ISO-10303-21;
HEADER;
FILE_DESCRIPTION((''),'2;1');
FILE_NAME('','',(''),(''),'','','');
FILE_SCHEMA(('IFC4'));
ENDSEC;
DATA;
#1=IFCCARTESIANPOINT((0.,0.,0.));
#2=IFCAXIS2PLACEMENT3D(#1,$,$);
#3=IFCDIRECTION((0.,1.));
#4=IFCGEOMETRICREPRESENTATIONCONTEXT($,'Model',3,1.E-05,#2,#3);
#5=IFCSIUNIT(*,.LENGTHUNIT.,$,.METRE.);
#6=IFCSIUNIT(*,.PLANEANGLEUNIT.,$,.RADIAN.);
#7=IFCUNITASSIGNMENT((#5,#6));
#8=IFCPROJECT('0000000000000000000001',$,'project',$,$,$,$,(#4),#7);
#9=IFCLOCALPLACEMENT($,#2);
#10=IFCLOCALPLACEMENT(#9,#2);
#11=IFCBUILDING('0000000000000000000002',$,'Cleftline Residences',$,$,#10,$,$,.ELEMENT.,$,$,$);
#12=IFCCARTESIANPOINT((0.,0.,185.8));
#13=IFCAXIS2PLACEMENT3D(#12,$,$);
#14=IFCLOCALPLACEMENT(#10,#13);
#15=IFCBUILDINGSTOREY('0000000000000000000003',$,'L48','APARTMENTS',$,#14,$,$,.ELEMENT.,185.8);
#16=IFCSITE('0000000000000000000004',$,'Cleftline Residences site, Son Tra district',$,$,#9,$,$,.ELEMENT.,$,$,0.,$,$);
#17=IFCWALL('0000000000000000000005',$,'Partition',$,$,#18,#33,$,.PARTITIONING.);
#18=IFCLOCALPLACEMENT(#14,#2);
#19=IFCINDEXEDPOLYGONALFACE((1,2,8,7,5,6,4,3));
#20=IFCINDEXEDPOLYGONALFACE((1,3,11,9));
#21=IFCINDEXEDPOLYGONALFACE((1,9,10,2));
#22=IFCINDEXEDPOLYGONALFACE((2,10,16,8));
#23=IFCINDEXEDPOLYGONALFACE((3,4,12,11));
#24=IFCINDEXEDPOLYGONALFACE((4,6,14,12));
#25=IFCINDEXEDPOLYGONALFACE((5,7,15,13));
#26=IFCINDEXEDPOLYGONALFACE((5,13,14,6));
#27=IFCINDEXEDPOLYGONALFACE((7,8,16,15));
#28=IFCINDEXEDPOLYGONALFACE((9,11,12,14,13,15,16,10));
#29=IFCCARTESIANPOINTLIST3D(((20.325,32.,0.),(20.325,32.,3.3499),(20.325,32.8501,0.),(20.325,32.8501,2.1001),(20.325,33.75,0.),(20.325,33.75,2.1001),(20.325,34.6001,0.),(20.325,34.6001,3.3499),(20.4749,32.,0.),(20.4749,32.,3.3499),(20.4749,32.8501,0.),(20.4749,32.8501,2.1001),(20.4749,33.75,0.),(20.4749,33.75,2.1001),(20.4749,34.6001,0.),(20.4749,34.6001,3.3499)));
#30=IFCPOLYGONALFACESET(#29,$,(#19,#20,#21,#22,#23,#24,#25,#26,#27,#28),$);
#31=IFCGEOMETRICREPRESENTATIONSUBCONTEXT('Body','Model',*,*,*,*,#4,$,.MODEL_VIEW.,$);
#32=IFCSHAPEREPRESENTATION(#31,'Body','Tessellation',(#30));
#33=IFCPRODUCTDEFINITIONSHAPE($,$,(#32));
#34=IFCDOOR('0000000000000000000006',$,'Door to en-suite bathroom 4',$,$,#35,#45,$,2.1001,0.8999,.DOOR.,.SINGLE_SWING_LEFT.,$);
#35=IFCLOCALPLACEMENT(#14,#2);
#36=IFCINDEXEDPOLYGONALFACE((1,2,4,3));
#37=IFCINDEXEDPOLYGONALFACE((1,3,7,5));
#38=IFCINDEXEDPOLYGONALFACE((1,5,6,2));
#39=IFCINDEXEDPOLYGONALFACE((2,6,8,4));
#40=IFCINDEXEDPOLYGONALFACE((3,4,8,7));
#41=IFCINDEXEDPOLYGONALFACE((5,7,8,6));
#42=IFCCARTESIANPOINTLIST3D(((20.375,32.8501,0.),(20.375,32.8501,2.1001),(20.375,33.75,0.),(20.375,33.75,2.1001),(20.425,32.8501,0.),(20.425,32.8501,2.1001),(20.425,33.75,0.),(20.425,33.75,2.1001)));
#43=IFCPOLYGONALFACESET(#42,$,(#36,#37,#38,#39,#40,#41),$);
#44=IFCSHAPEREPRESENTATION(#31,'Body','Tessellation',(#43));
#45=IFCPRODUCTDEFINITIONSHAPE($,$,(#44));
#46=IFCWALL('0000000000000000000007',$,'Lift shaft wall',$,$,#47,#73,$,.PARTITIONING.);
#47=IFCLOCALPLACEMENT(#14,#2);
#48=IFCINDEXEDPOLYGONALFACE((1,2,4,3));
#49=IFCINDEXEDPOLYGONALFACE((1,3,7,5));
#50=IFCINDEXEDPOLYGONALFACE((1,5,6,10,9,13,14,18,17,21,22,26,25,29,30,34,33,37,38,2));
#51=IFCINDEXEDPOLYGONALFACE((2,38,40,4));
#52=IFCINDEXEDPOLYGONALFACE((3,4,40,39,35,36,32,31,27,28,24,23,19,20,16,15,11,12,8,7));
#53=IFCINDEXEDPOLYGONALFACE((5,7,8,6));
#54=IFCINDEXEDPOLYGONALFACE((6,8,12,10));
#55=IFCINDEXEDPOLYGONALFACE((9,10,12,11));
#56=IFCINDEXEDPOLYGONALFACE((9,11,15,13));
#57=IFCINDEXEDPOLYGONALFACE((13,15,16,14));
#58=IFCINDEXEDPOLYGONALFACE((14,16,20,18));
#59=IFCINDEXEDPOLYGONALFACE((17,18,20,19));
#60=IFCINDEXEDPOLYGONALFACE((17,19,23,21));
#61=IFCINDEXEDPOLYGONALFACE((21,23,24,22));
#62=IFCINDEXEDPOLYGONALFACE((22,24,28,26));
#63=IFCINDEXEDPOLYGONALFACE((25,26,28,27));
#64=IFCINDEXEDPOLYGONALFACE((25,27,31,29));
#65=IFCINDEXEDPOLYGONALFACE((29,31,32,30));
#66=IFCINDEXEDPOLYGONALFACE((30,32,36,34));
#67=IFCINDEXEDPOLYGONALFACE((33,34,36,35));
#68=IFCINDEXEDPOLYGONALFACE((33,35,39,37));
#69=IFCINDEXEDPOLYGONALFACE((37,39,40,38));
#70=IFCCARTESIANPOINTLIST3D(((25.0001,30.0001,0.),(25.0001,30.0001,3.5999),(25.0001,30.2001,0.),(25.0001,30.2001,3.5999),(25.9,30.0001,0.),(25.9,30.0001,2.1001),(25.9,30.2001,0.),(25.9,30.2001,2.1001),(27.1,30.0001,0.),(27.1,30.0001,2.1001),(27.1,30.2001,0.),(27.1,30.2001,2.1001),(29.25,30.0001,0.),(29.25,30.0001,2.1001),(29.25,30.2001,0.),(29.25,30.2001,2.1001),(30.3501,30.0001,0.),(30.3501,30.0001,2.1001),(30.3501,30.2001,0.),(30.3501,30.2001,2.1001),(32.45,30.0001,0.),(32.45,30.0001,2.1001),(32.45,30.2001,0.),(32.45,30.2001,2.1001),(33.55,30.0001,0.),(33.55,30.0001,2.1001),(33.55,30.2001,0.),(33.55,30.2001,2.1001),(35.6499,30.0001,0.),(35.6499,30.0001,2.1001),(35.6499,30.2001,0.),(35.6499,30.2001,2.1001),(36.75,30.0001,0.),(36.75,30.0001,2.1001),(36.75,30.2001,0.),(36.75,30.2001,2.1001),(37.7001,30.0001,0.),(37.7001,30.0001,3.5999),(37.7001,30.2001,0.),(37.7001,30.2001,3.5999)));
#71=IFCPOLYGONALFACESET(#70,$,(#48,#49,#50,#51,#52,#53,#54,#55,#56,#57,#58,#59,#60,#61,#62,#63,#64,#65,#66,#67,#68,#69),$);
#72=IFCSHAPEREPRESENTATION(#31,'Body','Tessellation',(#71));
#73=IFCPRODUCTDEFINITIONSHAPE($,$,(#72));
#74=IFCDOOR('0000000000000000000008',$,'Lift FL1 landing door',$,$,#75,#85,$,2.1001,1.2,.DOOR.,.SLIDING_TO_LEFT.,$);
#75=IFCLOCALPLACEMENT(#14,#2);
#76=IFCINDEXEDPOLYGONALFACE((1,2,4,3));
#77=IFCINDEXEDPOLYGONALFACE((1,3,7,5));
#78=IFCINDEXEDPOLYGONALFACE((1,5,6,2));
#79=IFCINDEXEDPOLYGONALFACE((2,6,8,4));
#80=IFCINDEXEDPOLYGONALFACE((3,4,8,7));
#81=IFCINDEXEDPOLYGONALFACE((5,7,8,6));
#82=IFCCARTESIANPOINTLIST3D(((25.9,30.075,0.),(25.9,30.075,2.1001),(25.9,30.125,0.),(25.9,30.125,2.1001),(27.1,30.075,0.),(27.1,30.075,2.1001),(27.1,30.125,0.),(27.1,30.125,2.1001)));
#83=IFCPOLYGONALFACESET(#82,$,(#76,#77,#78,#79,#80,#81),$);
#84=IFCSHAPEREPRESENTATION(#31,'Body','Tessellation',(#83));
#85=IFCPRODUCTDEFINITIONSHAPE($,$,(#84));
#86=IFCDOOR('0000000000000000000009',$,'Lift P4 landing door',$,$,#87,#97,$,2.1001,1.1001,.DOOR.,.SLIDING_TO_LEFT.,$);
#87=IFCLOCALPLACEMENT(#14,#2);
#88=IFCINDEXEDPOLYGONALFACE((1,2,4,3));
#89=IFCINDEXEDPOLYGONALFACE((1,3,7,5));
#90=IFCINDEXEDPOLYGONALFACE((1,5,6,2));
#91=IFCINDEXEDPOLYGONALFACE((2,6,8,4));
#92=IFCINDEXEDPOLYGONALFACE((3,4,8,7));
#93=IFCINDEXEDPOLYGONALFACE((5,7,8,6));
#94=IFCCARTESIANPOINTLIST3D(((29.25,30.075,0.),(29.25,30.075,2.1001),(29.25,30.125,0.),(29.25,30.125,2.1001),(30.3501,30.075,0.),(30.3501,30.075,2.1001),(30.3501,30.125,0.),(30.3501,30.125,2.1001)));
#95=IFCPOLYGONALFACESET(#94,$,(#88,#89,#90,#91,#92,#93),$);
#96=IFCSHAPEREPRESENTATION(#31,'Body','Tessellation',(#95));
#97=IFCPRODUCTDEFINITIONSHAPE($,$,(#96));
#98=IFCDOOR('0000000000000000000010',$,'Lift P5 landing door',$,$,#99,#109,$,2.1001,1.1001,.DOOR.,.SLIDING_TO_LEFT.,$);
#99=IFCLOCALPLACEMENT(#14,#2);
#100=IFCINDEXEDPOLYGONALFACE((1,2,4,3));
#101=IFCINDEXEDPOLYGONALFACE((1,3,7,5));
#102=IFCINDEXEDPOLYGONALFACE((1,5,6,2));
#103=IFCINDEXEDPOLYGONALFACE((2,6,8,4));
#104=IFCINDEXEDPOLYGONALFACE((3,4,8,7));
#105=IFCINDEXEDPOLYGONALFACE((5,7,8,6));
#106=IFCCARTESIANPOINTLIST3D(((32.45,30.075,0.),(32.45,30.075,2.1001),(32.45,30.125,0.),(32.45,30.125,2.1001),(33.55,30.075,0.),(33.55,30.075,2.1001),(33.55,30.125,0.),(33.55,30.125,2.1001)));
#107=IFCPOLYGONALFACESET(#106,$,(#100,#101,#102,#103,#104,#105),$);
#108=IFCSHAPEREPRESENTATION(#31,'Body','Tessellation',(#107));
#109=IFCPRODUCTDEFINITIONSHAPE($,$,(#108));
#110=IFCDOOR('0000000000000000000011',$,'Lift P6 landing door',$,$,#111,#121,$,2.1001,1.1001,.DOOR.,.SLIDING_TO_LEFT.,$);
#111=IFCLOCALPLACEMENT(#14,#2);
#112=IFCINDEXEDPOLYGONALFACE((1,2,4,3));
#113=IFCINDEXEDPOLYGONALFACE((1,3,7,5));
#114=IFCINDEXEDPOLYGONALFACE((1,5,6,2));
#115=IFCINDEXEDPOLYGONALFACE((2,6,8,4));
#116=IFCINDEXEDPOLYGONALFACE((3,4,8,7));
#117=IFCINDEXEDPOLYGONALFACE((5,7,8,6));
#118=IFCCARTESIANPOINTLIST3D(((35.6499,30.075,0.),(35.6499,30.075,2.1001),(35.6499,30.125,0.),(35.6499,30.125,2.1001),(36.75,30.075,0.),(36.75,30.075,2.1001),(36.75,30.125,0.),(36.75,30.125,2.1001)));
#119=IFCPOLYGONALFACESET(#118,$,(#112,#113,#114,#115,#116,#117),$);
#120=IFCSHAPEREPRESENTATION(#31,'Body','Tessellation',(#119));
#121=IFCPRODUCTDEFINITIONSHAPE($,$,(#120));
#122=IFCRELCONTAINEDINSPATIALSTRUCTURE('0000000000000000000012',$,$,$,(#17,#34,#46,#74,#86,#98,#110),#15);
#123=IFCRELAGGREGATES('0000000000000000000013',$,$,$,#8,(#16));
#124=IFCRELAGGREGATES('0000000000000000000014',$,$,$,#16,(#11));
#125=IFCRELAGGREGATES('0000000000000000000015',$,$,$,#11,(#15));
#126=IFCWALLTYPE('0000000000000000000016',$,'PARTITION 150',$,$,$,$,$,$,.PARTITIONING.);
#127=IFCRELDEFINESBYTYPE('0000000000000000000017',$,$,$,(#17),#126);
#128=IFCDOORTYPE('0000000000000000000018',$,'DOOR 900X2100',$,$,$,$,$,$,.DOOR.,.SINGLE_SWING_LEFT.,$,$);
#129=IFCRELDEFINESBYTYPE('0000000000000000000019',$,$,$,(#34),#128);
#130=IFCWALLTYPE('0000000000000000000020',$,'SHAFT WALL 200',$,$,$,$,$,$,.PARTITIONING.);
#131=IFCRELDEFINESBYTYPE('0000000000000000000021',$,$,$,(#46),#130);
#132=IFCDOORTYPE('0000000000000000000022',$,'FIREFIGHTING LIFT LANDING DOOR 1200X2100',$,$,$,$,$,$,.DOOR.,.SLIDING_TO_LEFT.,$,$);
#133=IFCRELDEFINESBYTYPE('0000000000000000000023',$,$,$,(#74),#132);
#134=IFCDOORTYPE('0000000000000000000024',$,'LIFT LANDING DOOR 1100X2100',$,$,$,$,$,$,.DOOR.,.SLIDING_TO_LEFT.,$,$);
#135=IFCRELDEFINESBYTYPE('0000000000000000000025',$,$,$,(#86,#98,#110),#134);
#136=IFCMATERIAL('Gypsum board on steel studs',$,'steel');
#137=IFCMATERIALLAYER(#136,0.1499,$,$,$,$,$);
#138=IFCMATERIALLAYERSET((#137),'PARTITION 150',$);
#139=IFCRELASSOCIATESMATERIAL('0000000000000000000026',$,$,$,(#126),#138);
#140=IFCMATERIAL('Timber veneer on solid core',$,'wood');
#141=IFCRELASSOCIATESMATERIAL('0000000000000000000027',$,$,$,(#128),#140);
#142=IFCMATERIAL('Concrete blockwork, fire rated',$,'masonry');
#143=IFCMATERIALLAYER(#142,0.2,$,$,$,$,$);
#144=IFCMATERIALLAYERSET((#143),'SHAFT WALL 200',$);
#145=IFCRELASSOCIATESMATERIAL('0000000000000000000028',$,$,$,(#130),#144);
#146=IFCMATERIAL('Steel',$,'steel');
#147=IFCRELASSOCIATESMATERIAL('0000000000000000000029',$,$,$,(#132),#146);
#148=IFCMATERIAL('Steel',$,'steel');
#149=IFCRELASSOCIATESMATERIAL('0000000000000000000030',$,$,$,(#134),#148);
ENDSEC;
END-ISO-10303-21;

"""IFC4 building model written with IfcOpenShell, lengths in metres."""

from ifc_helpers import new_model, si_unit, direction, frame, frame_2d, origin, place, context, subcontext, project, spatial, rectangle, extrude, material, layer, layer_set, type_object, element, fill, save


model = new_model("IFC4")

# Units and contexts
model_context = context("Model", 3, precision=1e-05, world=origin(), true_north=direction((0.0, 1.0)))
body_context = subcontext(model_context, "Body", "Model", "MODEL_VIEW")
ifc_project = project(units=[si_unit("LENGTHUNIT", "METRE"), si_unit("PLANEANGLEUNIT", "RADIAN")], contexts=[model_context])

# Site, building, storey
site_placement = place(None, origin())
site = spatial("IfcSite", under=ifc_project, at=site_placement, Name="Cleftline Residences site, Son Tra district", CompositionType="ELEMENT", RefElevation=0.0)
building_placement = place(site_placement, origin())
building = spatial("IfcBuilding", under=site, at=building_placement, Name="Cleftline Residences", CompositionType="ELEMENT")
storey_placement = place(building_placement, frame((0.0, 0.0, 185.8)))
storey = spatial("IfcBuildingStorey", under=building, at=storey_placement, Name="L48", Description="APARTMENTS", CompositionType="ELEMENT", Elevation=185.8)

# Shared definitions
ifc_material_1 = material(Name="Gypsum board on steel studs", Category="steel")
ifc_layer_1 = layer(ifc_material_1, 0.1499)
ifc_layer_set_1 = layer_set([ifc_layer_1], Name="PARTITION 150")
wall_type_1 = type_object("IfcWallType", Name="PARTITION 150", PredefinedType="PARTITIONING", material=ifc_layer_set_1)

# Wall, opening, door
wall_1_placement = place(storey_placement, frame((20.3999, 32.0, 0.0), z_axis=(0.0, 0.0, 1.0), x_axis=(0.0, 1.0, 0.0)))
wall_1 = element("IfcWall", 1, at=wall_1_placement, inside=storey, type_object=wall_type_1, Name="Partition", PredefinedType="PARTITIONING", context=body_context, shape_type="SweptSolid", body=[
    extrude(rectangle(XDim=2.6001, YDim=0.1499, at=frame_2d((1.3, 0.0))), origin(), (0.0, 0.0, 1.0), 3.3499),
])
opening_1_placement = place(wall_1_placement, frame((0.8501, 0.0, 0.0)))
opening_1 = element("IfcOpeningElement", 2, at=opening_1_placement, cuts=wall_1, PredefinedType="OPENING", context=body_context, shape_type="SweptSolid", body=[
    extrude(rectangle(XDim=0.8999, YDim=2.1001, at=frame_2d((0.45, 1.05))), frame((0.0, 0.085, 0.0), z_axis=(0.0, -1.0, 0.0), x_axis=(1.0, 0.0, 0.0)), (0.0, 0.0, 1.0), 0.1699),
])
ifc_material_2 = material(Name="Timber veneer on solid core", Category="wood")
door_type_1 = type_object("IfcDoorType", Name="DOOR 900X2100", OperationType="SINGLE_SWING_LEFT", PredefinedType="DOOR", material=ifc_material_2)
door_1_placement = place(opening_1_placement, origin())
door_1 = element("IfcDoor", 3, at=door_1_placement, inside=storey, type_object=door_type_1, Name="Door to en-suite bathroom 4", OperationType="SINGLE_SWING_LEFT", OverallHeight=2.1001, OverallWidth=0.8999, PredefinedType="DOOR", context=body_context, shape_type="SweptSolid", body=[
    extrude(rectangle(XDim=0.8999, YDim=2.1001, at=frame_2d((0.45, 1.05))), frame((0.0, 0.0249, 0.0), z_axis=(0.0, -1.0, 0.0), x_axis=(1.0, 0.0, 0.0)), (0.0, 0.0, 1.0), 0.05),
])
fill(opening_1, door_1)

# Wall, openings, doors
ifc_material_3 = material(Name="Concrete blockwork, fire rated", Category="masonry")
ifc_layer_2 = layer(ifc_material_3, 0.2)
ifc_layer_set_2 = layer_set([ifc_layer_2], Name="SHAFT WALL 200")
wall_type_2 = type_object("IfcWallType", Name="SHAFT WALL 200", PredefinedType="PARTITIONING", material=ifc_layer_set_2)
wall_2_placement = place(storey_placement, frame((25.0, 30.1001, 0.0), z_axis=(0.0, 0.0, 1.0), x_axis=(1.0, 0.0, 0.0)))
wall_2 = element("IfcWall", 4, at=wall_2_placement, inside=storey, type_object=wall_type_2, Name="Lift shaft wall", PredefinedType="PARTITIONING", context=body_context, shape_type="SweptSolid", body=[
    extrude(rectangle(XDim=12.7, YDim=0.2, at=frame_2d((6.3501, 0.0))), origin(), (0.0, 0.0, 1.0), 3.5999),
])
opening_2_placement = place(wall_2_placement, frame((4.25, 0.0, 0.0)))
opening_2 = element("IfcOpeningElement", 5, at=opening_2_placement, cuts=wall_2, PredefinedType="OPENING", context=body_context, shape_type="SweptSolid", body=[
    extrude(rectangle(XDim=1.1001, YDim=2.1001, at=frame_2d((0.55, 1.05))), frame((0.0, 0.1099, 0.0), z_axis=(0.0, -1.0, 0.0), x_axis=(1.0, 0.0, 0.0)), (0.0, 0.0, 1.0), 0.22),
])
opening_3_placement = place(wall_2_placement, frame((7.45, 0.0, 0.0)))
opening_3 = element("IfcOpeningElement", 6, at=opening_3_placement, cuts=wall_2, PredefinedType="OPENING", context=body_context, shape_type="SweptSolid", body=[
    extrude(rectangle(XDim=1.1001, YDim=2.1001, at=frame_2d((0.55, 1.05))), frame((0.0, 0.1099, 0.0), z_axis=(0.0, -1.0, 0.0), x_axis=(1.0, 0.0, 0.0)), (0.0, 0.0, 1.0), 0.22),
])
opening_4_placement = place(wall_2_placement, frame((10.6499, 0.0, 0.0)))
opening_4 = element("IfcOpeningElement", 7, at=opening_4_placement, cuts=wall_2, PredefinedType="OPENING", context=body_context, shape_type="SweptSolid", body=[
    extrude(rectangle(XDim=1.1001, YDim=2.1001, at=frame_2d((0.55, 1.05))), frame((0.0, 0.1099, 0.0), z_axis=(0.0, -1.0, 0.0), x_axis=(1.0, 0.0, 0.0)), (0.0, 0.0, 1.0), 0.22),
])
opening_5_placement = place(wall_2_placement, frame((0.8999, 0.0, 0.0)))
opening_5 = element("IfcOpeningElement", 8, at=opening_5_placement, cuts=wall_2, PredefinedType="OPENING", context=body_context, shape_type="SweptSolid", body=[
    extrude(rectangle(XDim=1.2, YDim=2.1001, at=frame_2d((0.6001, 1.05))), frame((0.0, 0.1099, 0.0), z_axis=(0.0, -1.0, 0.0), x_axis=(1.0, 0.0, 0.0)), (0.0, 0.0, 1.0), 0.22),
])
ifc_material_4 = material(Name="Steel", Category="steel")
door_type_2 = type_object("IfcDoorType", Name="FIREFIGHTING LIFT LANDING DOOR 1200X2100", OperationType="SLIDING_TO_LEFT", PredefinedType="DOOR", material=ifc_material_4)
door_2_placement = place(opening_5_placement, origin())
door_2 = element("IfcDoor", 9, at=door_2_placement, inside=storey, type_object=door_type_2, Name="Lift FL1 landing door", OperationType="SLIDING_TO_LEFT", OverallHeight=2.1001, OverallWidth=1.2, PredefinedType="DOOR", context=body_context, shape_type="SweptSolid", body=[
    extrude(rectangle(XDim=1.2, YDim=2.1001, at=frame_2d((0.6001, 1.05))), frame((0.0, 0.0249, 0.0), z_axis=(0.0, -1.0, 0.0), x_axis=(1.0, 0.0, 0.0)), (0.0, 0.0, 1.0), 0.05),
])
fill(opening_5, door_2)
ifc_material_5 = material(Name="Steel", Category="steel")
door_type_3 = type_object("IfcDoorType", Name="LIFT LANDING DOOR 1100X2100", OperationType="SLIDING_TO_LEFT", PredefinedType="DOOR", material=ifc_material_5)
door_3_placement = place(opening_2_placement, origin())
door_3 = element("IfcDoor", 10, at=door_3_placement, inside=storey, type_object=door_type_3, Name="Lift P4 landing door", OperationType="SLIDING_TO_LEFT", OverallHeight=2.1001, OverallWidth=1.1001, PredefinedType="DOOR", context=body_context, shape_type="SweptSolid", body=[
    extrude(rectangle(XDim=1.1001, YDim=2.1001, at=frame_2d((0.55, 1.05))), frame((0.0, 0.0249, 0.0), z_axis=(0.0, -1.0, 0.0), x_axis=(1.0, 0.0, 0.0)), (0.0, 0.0, 1.0), 0.05),
])
fill(opening_2, door_3)
door_4_placement = place(opening_3_placement, origin())
door_4 = element("IfcDoor", 11, at=door_4_placement, inside=storey, type_object=door_type_3, Name="Lift P5 landing door", OperationType="SLIDING_TO_LEFT", OverallHeight=2.1001, OverallWidth=1.1001, PredefinedType="DOOR", context=body_context, shape_type="SweptSolid", body=[
    extrude(rectangle(XDim=1.1001, YDim=2.1001, at=frame_2d((0.55, 1.05))), frame((0.0, 0.0249, 0.0), z_axis=(0.0, -1.0, 0.0), x_axis=(1.0, 0.0, 0.0)), (0.0, 0.0, 1.0), 0.05),
])
fill(opening_3, door_4)
door_5_placement = place(opening_4_placement, origin())
door_5 = element("IfcDoor", 12, at=door_5_placement, inside=storey, type_object=door_type_3, Name="Lift P6 landing door", OperationType="SLIDING_TO_LEFT", OverallHeight=2.1001, OverallWidth=1.1001, PredefinedType="DOOR", context=body_context, shape_type="SweptSolid", body=[
    extrude(rectangle(XDim=1.1001, YDim=2.1001, at=frame_2d((0.55, 1.05))), frame((0.0, 0.0249, 0.0), z_axis=(0.0, -1.0, 0.0), x_axis=(1.0, 0.0, 0.0)), (0.0, 0.0, 1.0), 0.05),
])
fill(opening_4, door_5)

save(model, "model.ifc")
